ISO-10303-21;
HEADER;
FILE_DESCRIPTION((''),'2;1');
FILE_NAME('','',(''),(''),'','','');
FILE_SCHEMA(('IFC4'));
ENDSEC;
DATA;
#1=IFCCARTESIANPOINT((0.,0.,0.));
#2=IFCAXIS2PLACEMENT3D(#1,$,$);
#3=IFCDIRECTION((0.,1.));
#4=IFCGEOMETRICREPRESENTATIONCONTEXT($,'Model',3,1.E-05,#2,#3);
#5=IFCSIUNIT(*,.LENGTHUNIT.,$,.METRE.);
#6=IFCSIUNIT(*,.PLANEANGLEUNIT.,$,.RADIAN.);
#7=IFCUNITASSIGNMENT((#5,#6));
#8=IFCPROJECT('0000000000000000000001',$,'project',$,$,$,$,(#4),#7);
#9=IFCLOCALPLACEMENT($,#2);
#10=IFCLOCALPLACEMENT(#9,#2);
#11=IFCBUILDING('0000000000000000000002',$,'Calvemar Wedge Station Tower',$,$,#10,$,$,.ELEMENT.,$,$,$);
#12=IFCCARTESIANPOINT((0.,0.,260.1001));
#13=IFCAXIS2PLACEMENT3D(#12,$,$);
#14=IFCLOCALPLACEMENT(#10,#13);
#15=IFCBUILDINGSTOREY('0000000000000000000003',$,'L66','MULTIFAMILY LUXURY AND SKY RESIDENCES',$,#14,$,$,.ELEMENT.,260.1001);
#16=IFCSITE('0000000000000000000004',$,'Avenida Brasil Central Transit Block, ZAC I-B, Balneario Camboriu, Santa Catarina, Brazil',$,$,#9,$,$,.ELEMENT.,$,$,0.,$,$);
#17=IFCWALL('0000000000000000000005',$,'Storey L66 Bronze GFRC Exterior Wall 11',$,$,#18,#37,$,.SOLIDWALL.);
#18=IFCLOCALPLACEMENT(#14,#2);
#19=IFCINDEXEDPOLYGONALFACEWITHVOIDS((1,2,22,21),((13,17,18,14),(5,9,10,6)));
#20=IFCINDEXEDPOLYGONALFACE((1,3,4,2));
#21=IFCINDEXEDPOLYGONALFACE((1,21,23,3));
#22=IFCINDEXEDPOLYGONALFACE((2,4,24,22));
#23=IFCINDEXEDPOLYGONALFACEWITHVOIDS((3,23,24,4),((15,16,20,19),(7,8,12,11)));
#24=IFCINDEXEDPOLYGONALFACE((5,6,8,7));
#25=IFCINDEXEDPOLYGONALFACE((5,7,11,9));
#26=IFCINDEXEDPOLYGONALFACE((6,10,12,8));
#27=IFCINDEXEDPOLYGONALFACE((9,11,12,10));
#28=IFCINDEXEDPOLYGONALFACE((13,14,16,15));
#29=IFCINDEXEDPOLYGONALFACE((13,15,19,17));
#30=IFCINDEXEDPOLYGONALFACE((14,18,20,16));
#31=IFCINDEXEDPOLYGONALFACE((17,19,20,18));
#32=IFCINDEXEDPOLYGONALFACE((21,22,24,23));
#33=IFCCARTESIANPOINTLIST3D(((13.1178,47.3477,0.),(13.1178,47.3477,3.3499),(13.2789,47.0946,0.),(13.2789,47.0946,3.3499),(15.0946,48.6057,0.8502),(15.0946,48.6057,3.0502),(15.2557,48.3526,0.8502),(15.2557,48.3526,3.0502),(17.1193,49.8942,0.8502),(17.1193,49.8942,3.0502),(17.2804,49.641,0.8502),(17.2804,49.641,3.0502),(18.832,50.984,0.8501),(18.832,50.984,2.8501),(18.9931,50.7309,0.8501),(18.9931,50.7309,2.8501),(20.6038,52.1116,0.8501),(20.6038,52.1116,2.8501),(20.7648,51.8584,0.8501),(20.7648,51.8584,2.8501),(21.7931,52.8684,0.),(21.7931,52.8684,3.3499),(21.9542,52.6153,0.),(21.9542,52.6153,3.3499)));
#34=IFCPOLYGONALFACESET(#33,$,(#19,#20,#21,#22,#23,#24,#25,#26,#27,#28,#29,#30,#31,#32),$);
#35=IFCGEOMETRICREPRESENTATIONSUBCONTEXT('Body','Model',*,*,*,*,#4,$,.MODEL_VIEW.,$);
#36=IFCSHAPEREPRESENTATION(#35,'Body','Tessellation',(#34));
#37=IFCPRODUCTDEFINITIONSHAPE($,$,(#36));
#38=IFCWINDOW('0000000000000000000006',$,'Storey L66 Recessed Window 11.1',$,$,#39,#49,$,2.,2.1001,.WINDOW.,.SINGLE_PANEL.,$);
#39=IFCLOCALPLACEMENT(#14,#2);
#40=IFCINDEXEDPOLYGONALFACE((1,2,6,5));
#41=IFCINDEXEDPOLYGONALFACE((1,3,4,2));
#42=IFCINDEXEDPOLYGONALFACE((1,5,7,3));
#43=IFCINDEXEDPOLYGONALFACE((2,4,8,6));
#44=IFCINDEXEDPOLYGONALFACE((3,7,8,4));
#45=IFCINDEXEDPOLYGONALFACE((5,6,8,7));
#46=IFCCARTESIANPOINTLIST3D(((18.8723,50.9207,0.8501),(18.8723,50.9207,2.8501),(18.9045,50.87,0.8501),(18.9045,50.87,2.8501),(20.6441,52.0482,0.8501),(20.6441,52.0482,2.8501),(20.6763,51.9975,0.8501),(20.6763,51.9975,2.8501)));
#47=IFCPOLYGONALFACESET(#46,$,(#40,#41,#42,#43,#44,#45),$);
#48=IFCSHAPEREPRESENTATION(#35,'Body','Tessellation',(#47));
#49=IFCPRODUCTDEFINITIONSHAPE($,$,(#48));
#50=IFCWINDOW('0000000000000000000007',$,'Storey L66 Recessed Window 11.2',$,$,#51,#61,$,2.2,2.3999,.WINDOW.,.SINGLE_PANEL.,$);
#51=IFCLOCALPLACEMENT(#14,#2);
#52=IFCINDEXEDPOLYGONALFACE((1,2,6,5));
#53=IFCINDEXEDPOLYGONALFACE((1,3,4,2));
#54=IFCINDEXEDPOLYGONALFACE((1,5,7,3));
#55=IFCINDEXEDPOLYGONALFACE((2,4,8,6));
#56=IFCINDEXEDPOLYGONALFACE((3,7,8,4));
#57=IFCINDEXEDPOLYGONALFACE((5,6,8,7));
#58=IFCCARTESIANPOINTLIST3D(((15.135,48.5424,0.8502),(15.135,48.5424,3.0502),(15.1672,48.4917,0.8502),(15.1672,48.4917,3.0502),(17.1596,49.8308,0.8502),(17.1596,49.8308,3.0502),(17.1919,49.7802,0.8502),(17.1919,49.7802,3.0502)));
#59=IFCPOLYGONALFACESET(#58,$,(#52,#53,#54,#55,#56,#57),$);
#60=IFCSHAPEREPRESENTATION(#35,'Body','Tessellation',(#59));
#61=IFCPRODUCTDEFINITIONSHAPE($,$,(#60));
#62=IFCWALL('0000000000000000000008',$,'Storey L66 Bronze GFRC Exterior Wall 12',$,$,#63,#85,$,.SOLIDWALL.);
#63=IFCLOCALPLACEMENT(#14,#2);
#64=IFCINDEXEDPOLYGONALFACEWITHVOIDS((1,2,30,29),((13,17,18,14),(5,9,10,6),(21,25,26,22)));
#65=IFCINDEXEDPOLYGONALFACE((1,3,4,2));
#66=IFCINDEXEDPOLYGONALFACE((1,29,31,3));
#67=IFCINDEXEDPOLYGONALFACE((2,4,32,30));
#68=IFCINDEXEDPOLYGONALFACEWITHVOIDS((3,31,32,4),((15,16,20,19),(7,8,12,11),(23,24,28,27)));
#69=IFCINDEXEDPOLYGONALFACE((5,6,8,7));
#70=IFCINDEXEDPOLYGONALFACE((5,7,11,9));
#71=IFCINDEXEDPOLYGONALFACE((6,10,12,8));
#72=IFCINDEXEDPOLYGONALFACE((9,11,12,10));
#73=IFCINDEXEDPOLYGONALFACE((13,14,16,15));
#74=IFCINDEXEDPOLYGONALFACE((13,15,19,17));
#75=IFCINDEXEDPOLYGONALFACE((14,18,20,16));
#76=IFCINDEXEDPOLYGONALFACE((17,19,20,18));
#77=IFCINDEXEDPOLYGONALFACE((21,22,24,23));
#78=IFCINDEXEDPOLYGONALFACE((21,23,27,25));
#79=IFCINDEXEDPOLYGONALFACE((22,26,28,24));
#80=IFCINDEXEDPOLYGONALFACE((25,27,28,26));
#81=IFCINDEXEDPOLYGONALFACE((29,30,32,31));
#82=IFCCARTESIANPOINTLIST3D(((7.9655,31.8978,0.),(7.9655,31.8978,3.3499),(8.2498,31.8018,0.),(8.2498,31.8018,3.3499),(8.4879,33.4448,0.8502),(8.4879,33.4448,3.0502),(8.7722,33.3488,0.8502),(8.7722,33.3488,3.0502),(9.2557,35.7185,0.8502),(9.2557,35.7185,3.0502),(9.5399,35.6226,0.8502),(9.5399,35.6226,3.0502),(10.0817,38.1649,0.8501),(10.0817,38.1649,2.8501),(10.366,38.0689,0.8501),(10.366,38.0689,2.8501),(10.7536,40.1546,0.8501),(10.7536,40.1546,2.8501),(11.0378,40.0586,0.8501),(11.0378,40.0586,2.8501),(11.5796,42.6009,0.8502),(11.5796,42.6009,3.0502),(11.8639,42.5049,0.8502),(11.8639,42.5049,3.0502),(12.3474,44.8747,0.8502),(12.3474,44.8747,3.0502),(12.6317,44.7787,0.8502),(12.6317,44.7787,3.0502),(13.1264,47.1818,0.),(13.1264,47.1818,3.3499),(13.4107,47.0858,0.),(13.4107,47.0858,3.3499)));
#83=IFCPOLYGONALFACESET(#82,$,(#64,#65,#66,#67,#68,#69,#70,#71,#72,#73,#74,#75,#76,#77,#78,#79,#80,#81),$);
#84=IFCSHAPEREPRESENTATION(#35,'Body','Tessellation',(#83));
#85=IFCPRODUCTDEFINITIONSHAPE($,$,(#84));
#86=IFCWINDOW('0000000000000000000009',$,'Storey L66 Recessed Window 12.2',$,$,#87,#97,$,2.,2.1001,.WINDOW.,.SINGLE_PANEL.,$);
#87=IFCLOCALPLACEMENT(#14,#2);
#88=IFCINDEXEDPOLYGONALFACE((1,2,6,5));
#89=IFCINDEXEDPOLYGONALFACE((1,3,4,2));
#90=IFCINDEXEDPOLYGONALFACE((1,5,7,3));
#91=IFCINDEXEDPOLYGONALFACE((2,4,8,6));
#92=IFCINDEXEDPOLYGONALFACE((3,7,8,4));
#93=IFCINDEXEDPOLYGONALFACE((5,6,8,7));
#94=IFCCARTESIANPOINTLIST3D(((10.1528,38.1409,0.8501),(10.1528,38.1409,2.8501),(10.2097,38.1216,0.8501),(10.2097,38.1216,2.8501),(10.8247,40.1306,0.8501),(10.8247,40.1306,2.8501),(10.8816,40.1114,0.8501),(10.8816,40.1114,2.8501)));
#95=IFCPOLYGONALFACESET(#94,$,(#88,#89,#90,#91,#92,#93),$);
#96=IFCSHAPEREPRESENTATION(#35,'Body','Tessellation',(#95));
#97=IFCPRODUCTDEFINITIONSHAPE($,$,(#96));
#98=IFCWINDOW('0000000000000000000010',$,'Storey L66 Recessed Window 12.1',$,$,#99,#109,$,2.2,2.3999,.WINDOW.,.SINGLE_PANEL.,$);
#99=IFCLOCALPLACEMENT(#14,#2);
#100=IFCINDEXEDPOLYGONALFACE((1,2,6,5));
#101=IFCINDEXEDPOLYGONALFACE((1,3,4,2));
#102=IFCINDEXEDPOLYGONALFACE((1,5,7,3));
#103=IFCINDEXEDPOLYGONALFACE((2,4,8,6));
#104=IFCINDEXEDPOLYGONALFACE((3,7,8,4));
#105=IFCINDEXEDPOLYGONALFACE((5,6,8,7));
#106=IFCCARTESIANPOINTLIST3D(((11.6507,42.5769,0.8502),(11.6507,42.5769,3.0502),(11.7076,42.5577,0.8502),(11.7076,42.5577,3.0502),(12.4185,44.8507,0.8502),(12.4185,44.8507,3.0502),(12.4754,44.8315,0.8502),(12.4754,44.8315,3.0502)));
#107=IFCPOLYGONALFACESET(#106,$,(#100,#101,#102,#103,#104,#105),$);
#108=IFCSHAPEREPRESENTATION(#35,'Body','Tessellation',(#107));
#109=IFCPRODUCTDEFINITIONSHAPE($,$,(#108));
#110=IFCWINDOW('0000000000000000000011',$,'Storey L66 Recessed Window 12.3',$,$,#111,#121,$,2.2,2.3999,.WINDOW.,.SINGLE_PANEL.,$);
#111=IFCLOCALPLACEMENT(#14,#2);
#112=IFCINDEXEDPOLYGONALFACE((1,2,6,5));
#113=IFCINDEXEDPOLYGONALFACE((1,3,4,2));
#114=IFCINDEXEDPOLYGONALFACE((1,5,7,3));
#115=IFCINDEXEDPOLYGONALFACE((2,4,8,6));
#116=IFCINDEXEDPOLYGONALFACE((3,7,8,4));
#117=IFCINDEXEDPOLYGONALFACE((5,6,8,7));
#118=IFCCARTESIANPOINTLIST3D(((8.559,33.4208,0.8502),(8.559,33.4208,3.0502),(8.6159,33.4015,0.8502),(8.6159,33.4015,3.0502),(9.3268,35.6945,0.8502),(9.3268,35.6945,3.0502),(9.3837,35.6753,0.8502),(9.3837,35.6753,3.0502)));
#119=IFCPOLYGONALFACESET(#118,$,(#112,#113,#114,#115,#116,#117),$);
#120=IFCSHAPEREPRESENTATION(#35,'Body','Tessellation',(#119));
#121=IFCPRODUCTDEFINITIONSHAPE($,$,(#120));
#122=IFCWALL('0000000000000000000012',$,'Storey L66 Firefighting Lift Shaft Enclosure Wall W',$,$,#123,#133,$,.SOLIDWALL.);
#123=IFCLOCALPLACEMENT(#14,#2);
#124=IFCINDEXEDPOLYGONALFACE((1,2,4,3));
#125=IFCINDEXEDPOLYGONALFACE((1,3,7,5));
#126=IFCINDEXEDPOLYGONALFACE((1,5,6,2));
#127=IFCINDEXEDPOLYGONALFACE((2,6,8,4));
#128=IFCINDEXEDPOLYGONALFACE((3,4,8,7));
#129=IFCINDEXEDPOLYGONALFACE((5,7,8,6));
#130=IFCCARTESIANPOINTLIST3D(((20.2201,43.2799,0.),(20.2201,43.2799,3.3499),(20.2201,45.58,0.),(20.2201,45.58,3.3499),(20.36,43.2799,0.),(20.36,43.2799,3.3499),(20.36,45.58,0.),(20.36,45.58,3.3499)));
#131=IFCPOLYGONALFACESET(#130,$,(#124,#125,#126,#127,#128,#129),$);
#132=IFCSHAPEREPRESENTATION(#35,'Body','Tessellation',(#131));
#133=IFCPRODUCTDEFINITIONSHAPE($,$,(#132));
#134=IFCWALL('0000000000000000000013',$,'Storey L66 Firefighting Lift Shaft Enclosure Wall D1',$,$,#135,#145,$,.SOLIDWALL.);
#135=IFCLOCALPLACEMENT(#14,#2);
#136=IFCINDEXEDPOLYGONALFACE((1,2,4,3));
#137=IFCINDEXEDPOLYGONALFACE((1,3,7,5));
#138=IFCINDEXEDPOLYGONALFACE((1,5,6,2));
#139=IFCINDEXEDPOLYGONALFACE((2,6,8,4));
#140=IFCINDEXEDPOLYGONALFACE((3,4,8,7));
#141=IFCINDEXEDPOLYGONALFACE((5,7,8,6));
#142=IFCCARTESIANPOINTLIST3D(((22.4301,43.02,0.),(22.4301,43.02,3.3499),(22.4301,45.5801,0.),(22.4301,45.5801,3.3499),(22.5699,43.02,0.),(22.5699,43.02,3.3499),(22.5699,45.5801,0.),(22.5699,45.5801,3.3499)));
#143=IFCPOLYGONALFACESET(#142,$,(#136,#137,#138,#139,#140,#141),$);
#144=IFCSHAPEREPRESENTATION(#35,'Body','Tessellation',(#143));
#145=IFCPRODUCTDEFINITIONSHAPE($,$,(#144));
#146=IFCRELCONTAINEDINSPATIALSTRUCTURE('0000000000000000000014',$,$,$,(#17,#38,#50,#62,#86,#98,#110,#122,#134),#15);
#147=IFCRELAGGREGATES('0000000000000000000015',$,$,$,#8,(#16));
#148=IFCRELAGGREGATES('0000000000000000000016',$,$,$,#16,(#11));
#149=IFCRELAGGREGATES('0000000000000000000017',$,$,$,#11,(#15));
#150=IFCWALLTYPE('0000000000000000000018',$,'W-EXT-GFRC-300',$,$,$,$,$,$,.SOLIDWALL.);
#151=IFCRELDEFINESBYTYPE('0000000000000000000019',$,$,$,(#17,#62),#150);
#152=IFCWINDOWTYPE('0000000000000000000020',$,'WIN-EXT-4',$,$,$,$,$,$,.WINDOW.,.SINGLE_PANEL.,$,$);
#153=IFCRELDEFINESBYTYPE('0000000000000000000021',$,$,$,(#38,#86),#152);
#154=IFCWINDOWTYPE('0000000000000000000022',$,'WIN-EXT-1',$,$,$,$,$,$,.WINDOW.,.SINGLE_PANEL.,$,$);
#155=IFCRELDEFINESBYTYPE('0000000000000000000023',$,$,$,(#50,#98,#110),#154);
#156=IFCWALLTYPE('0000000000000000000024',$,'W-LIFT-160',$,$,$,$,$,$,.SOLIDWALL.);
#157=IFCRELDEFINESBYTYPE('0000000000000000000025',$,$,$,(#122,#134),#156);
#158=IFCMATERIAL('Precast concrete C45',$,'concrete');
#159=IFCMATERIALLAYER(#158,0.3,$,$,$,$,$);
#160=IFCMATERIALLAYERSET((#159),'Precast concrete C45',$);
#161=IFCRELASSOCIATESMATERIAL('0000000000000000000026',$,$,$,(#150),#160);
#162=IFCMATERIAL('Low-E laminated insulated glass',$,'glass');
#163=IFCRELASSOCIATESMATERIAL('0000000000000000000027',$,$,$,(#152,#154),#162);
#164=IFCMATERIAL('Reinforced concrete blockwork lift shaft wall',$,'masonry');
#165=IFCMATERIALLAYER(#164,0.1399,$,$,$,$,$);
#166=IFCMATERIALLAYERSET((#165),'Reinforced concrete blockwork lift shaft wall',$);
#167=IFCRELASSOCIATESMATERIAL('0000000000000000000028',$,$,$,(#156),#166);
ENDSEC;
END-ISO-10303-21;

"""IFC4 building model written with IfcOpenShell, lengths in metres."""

from ifc_helpers import new_model, si_unit, direction, frame, frame_2d, origin, place, context, subcontext, project, spatial, rectangle, extrude, source, transform, mapped, material, layer, layer_set, type_object, element, fill, save


model = new_model("IFC4")

# Units and contexts
model_context = context("Model", 3, precision=1e-05, world=origin(), true_north=direction((0.0, 1.0)))
body_context = subcontext(model_context, "Body", "Model", "MODEL_VIEW")
ifc_project = project(units=[si_unit("LENGTHUNIT", "METRE"), si_unit("PLANEANGLEUNIT", "RADIAN")], contexts=[model_context])

# Site, building, storey
site_placement = place(None, origin())
site = spatial("IfcSite", under=ifc_project, at=site_placement, Name="Avenida Brasil Central Transit Block, ZAC I-B, Balneario Camboriu, Santa Catarina, Brazil", CompositionType="ELEMENT", RefElevation=0.0)
building_placement = place(site_placement, origin())
building = spatial("IfcBuilding", under=site, at=building_placement, Name="Calvemar Wedge Station Tower", CompositionType="ELEMENT")
storey_placement = place(building_placement, frame((0.0, 0.0, 260.1001)))
storey = spatial("IfcBuildingStorey", under=building, at=storey_placement, Name="L66", Description="MULTIFAMILY LUXURY AND SKY RESIDENCES", CompositionType="ELEMENT", Elevation=260.1001)

# Shared definitions
ifc_material_1 = material(Name="Precast concrete C45", Category="concrete")
ifc_layer_1 = layer(ifc_material_1, 0.3)
ifc_layer_set_1 = layer_set([ifc_layer_1], Name="Precast concrete C45")
wall_type_1 = type_object("IfcWallType", Name="W-EXT-GFRC-300", PredefinedType="SOLIDWALL", material=ifc_layer_set_1)

# Walls, openings, windows
wall_1_placement = place(storey_placement, frame((21.8738, 52.7419, 0.0), z_axis=(0.0, 0.0, 1.0), x_axis=(-0.843657, -0.536883, 0.0)))
wall_1 = element("IfcWall", 1, at=wall_1_placement, inside=storey, type_object=wall_type_1, Name="Storey L66 Bronze GFRC Exterior Wall 11", PredefinedType="SOLIDWALL", context=body_context, shape_type="SweptSolid", body=[
    extrude(rectangle(XDim=10.283, YDim=0.3, at=frame_2d((5.1416, 0.0))), origin(), (0.0, 0.0, 1.0), 3.3499),
])
shared_shape_1 = source(origin(), body_context, "Body", "SweptSolid", [
    extrude(rectangle(XDim=2.1001, YDim=2.0, at=frame_2d((1.05, 1.0))), frame((0.0, 0.1602, 0.0), z_axis=(0.0, -1.0, 0.0), x_axis=(1.0, 0.0, 0.0)), (0.0, 0.0, 1.0), 0.3201),
])
opening_1_placement = place(wall_1_placement, frame((1.4099, 0.0, 0.8501)))
opening_1 = element("IfcOpeningElement", 2, at=opening_1_placement, cuts=wall_1, PredefinedType="OPENING", context=body_context, shape_type="MappedRepresentation", body=[
    mapped(shared_shape_1, transform((0.0, 0.0, 0.0), scale=1.0)),
])
shared_shape_2 = source(origin(), body_context, "Body", "SweptSolid", [
    extrude(rectangle(XDim=2.3999, YDim=2.2, at=frame_2d((1.2, 1.1001))), frame((0.0, 0.1602, 0.0), z_axis=(0.0, -1.0, 0.0), x_axis=(1.0, 0.0, 0.0)), (0.0, 0.0, 1.0), 0.3201),
])
opening_2_placement = place(wall_1_placement, frame((5.54, 0.0, 0.8501)))
opening_2 = element("IfcOpeningElement", 3, at=opening_2_placement, cuts=wall_1, PredefinedType="OPENING", context=body_context, shape_type="MappedRepresentation", body=[
    mapped(shared_shape_2, transform((0.0, 0.0, 0.0), scale=1.0)),
])
ifc_material_2 = material(Name="Low-E laminated insulated glass", Category="glass")
window_type_1 = type_object("IfcWindowType", Name="WIN-EXT-4", PartitioningType="SINGLE_PANEL", PredefinedType="WINDOW", material=ifc_material_2)
shared_shape_3 = source(origin(), body_context, "Body", "SweptSolid", [
    extrude(rectangle(XDim=2.1001, YDim=2.0, at=frame_2d((1.05, 1.0))), frame((0.0, -0.0149, 0.0), z_axis=(0.0, -1.0, 0.0), x_axis=(1.0, 0.0, 0.0)), (0.0, 0.0, 1.0), 0.0601),
])
window_1_placement = place(opening_1_placement, origin())
window_1 = element("IfcWindow", 4, at=window_1_placement, inside=storey, type_object=window_type_1, Name="Storey L66 Recessed Window 11.1", OverallHeight=2.0, OverallWidth=2.1001, PartitioningType="SINGLE_PANEL", PredefinedType="WINDOW", context=body_context, shape_type="MappedRepresentation", body=[
    mapped(shared_shape_3, transform((0.0, 0.0, 0.0), scale=1.0)),
])
fill(opening_1, window_1)
window_type_2 = type_object("IfcWindowType", Name="WIN-EXT-1", PartitioningType="SINGLE_PANEL", PredefinedType="WINDOW", material=ifc_material_2)
shared_shape_4 = source(origin(), body_context, "Body", "SweptSolid", [
    extrude(rectangle(XDim=2.3999, YDim=2.2, at=frame_2d((1.2, 1.1001))), frame((0.0, -0.0149, 0.0), z_axis=(0.0, -1.0, 0.0), x_axis=(1.0, 0.0, 0.0)), (0.0, 0.0, 1.0), 0.0601),
])
window_2_placement = place(opening_2_placement, origin())
window_2 = element("IfcWindow", 5, at=window_2_placement, inside=storey, type_object=window_type_2, Name="Storey L66 Recessed Window 11.2", OverallHeight=2.2, OverallWidth=2.3999, PartitioningType="SINGLE_PANEL", PredefinedType="WINDOW", context=body_context, shape_type="MappedRepresentation", body=[
    mapped(shared_shape_4, transform((0.0, 0.0, 0.0), scale=1.0)),
])
fill(opening_2, window_2)
wall_2_placement = place(storey_placement, frame((13.2686, 47.1338, 0.0), z_axis=(0.0, 0.0, 1.0), x_axis=(-0.319921, -0.947444, 0.0)))
wall_2 = element("IfcWall", 6, at=wall_2_placement, inside=storey, type_object=wall_type_1, Name="Storey L66 Bronze GFRC Exterior Wall 12", PredefinedType="SOLIDWALL", context=body_context, shape_type="SweptSolid", body=[
    extrude(rectangle(XDim=16.1318, YDim=0.3, at=frame_2d((8.0659, 0.0))), origin(), (0.0, 0.0, 1.0), 3.3499),
])
opening_3_placement = place(wall_2_placement, frame((2.4351, 0.0, 0.8501)))
opening_3 = element("IfcOpeningElement", 7, at=opening_3_placement, cuts=wall_2, PredefinedType="OPENING", context=body_context, shape_type="MappedRepresentation", body=[
    mapped(shared_shape_2, transform((0.0, 0.0, 0.0), scale=1.0)),
])
opening_4_placement = place(wall_2_placement, frame((7.417, 0.0, 0.8501)))
opening_4 = element("IfcOpeningElement", 8, at=opening_4_placement, cuts=wall_2, PredefinedType="OPENING", context=body_context, shape_type="MappedRepresentation", body=[
    mapped(shared_shape_1, transform((0.0, 0.0, 0.0), scale=1.0)),
])
opening_5_placement = place(wall_2_placement, frame((12.0991, 0.0, 0.8501)))
opening_5 = element("IfcOpeningElement", 9, at=opening_5_placement, cuts=wall_2, PredefinedType="OPENING", context=body_context, shape_type="MappedRepresentation", body=[
    mapped(shared_shape_2, transform((0.0, 0.0, 0.0), scale=1.0)),
])
window_3_placement = place(opening_4_placement, origin())
window_3 = element("IfcWindow", 10, at=window_3_placement, inside=storey, type_object=window_type_1, Name="Storey L66 Recessed Window 12.2", OverallHeight=2.0, OverallWidth=2.1001, PartitioningType="SINGLE_PANEL", PredefinedType="WINDOW", context=body_context, shape_type="MappedRepresentation", body=[
    mapped(shared_shape_3, transform((0.0, 0.0, 0.0), scale=1.0)),
])
fill(opening_4, window_3)
window_4_placement = place(opening_3_placement, origin())
window_4 = element("IfcWindow", 11, at=window_4_placement, inside=storey, type_object=window_type_2, Name="Storey L66 Recessed Window 12.1", OverallHeight=2.2, OverallWidth=2.3999, PartitioningType="SINGLE_PANEL", PredefinedType="WINDOW", context=body_context, shape_type="MappedRepresentation", body=[
    mapped(shared_shape_4, transform((0.0, 0.0, 0.0), scale=1.0)),
])
fill(opening_3, window_4)
window_5_placement = place(opening_5_placement, origin())
window_5 = element("IfcWindow", 12, at=window_5_placement, inside=storey, type_object=window_type_2, Name="Storey L66 Recessed Window 12.3", OverallHeight=2.2, OverallWidth=2.3999, PartitioningType="SINGLE_PANEL", PredefinedType="WINDOW", context=body_context, shape_type="MappedRepresentation", body=[
    mapped(shared_shape_4, transform((0.0, 0.0, 0.0), scale=1.0)),
])
fill(opening_5, window_5)

# Walls
ifc_material_3 = material(Name="Reinforced concrete blockwork lift shaft wall", Category="masonry")
ifc_layer_2 = layer(ifc_material_3, 0.1399)
ifc_layer_set_2 = layer_set([ifc_layer_2], Name="Reinforced concrete blockwork lift shaft wall")
wall_type_2 = type_object("IfcWallType", Name="W-LIFT-160", PredefinedType="SOLIDWALL", material=ifc_layer_set_2)
wall_3_placement = place(storey_placement, frame((20.29, 43.28, 0.0), z_axis=(0.0, 0.0, 1.0), x_axis=(0.0, 1.0, 0.0)))
element("IfcWall", 13, at=wall_3_placement, inside=storey, type_object=wall_type_2, Name="Storey L66 Firefighting Lift Shaft Enclosure Wall W", PredefinedType="SOLIDWALL", context=body_context, shape_type="SweptSolid", body=[
    extrude(rectangle(XDim=2.3, YDim=0.1399, at=frame_2d((1.1499, 0.0))), origin(), (0.0, 0.0, 1.0), 3.3499),
])
wall_4_placement = place(storey_placement, frame((22.5, 43.02, 0.0), z_axis=(0.0, 0.0, 1.0), x_axis=(0.0, 1.0, 0.0)))
element("IfcWall", 14, at=wall_4_placement, inside=storey, type_object=wall_type_2, Name="Storey L66 Firefighting Lift Shaft Enclosure Wall D1", PredefinedType="SOLIDWALL", context=body_context, shape_type="SweptSolid", body=[
    extrude(rectangle(XDim=2.5601, YDim=0.1399, at=frame_2d((1.28, 0.0))), origin(), (0.0, 0.0, 1.0), 3.3499),
])

save(model, "model.ifc")
